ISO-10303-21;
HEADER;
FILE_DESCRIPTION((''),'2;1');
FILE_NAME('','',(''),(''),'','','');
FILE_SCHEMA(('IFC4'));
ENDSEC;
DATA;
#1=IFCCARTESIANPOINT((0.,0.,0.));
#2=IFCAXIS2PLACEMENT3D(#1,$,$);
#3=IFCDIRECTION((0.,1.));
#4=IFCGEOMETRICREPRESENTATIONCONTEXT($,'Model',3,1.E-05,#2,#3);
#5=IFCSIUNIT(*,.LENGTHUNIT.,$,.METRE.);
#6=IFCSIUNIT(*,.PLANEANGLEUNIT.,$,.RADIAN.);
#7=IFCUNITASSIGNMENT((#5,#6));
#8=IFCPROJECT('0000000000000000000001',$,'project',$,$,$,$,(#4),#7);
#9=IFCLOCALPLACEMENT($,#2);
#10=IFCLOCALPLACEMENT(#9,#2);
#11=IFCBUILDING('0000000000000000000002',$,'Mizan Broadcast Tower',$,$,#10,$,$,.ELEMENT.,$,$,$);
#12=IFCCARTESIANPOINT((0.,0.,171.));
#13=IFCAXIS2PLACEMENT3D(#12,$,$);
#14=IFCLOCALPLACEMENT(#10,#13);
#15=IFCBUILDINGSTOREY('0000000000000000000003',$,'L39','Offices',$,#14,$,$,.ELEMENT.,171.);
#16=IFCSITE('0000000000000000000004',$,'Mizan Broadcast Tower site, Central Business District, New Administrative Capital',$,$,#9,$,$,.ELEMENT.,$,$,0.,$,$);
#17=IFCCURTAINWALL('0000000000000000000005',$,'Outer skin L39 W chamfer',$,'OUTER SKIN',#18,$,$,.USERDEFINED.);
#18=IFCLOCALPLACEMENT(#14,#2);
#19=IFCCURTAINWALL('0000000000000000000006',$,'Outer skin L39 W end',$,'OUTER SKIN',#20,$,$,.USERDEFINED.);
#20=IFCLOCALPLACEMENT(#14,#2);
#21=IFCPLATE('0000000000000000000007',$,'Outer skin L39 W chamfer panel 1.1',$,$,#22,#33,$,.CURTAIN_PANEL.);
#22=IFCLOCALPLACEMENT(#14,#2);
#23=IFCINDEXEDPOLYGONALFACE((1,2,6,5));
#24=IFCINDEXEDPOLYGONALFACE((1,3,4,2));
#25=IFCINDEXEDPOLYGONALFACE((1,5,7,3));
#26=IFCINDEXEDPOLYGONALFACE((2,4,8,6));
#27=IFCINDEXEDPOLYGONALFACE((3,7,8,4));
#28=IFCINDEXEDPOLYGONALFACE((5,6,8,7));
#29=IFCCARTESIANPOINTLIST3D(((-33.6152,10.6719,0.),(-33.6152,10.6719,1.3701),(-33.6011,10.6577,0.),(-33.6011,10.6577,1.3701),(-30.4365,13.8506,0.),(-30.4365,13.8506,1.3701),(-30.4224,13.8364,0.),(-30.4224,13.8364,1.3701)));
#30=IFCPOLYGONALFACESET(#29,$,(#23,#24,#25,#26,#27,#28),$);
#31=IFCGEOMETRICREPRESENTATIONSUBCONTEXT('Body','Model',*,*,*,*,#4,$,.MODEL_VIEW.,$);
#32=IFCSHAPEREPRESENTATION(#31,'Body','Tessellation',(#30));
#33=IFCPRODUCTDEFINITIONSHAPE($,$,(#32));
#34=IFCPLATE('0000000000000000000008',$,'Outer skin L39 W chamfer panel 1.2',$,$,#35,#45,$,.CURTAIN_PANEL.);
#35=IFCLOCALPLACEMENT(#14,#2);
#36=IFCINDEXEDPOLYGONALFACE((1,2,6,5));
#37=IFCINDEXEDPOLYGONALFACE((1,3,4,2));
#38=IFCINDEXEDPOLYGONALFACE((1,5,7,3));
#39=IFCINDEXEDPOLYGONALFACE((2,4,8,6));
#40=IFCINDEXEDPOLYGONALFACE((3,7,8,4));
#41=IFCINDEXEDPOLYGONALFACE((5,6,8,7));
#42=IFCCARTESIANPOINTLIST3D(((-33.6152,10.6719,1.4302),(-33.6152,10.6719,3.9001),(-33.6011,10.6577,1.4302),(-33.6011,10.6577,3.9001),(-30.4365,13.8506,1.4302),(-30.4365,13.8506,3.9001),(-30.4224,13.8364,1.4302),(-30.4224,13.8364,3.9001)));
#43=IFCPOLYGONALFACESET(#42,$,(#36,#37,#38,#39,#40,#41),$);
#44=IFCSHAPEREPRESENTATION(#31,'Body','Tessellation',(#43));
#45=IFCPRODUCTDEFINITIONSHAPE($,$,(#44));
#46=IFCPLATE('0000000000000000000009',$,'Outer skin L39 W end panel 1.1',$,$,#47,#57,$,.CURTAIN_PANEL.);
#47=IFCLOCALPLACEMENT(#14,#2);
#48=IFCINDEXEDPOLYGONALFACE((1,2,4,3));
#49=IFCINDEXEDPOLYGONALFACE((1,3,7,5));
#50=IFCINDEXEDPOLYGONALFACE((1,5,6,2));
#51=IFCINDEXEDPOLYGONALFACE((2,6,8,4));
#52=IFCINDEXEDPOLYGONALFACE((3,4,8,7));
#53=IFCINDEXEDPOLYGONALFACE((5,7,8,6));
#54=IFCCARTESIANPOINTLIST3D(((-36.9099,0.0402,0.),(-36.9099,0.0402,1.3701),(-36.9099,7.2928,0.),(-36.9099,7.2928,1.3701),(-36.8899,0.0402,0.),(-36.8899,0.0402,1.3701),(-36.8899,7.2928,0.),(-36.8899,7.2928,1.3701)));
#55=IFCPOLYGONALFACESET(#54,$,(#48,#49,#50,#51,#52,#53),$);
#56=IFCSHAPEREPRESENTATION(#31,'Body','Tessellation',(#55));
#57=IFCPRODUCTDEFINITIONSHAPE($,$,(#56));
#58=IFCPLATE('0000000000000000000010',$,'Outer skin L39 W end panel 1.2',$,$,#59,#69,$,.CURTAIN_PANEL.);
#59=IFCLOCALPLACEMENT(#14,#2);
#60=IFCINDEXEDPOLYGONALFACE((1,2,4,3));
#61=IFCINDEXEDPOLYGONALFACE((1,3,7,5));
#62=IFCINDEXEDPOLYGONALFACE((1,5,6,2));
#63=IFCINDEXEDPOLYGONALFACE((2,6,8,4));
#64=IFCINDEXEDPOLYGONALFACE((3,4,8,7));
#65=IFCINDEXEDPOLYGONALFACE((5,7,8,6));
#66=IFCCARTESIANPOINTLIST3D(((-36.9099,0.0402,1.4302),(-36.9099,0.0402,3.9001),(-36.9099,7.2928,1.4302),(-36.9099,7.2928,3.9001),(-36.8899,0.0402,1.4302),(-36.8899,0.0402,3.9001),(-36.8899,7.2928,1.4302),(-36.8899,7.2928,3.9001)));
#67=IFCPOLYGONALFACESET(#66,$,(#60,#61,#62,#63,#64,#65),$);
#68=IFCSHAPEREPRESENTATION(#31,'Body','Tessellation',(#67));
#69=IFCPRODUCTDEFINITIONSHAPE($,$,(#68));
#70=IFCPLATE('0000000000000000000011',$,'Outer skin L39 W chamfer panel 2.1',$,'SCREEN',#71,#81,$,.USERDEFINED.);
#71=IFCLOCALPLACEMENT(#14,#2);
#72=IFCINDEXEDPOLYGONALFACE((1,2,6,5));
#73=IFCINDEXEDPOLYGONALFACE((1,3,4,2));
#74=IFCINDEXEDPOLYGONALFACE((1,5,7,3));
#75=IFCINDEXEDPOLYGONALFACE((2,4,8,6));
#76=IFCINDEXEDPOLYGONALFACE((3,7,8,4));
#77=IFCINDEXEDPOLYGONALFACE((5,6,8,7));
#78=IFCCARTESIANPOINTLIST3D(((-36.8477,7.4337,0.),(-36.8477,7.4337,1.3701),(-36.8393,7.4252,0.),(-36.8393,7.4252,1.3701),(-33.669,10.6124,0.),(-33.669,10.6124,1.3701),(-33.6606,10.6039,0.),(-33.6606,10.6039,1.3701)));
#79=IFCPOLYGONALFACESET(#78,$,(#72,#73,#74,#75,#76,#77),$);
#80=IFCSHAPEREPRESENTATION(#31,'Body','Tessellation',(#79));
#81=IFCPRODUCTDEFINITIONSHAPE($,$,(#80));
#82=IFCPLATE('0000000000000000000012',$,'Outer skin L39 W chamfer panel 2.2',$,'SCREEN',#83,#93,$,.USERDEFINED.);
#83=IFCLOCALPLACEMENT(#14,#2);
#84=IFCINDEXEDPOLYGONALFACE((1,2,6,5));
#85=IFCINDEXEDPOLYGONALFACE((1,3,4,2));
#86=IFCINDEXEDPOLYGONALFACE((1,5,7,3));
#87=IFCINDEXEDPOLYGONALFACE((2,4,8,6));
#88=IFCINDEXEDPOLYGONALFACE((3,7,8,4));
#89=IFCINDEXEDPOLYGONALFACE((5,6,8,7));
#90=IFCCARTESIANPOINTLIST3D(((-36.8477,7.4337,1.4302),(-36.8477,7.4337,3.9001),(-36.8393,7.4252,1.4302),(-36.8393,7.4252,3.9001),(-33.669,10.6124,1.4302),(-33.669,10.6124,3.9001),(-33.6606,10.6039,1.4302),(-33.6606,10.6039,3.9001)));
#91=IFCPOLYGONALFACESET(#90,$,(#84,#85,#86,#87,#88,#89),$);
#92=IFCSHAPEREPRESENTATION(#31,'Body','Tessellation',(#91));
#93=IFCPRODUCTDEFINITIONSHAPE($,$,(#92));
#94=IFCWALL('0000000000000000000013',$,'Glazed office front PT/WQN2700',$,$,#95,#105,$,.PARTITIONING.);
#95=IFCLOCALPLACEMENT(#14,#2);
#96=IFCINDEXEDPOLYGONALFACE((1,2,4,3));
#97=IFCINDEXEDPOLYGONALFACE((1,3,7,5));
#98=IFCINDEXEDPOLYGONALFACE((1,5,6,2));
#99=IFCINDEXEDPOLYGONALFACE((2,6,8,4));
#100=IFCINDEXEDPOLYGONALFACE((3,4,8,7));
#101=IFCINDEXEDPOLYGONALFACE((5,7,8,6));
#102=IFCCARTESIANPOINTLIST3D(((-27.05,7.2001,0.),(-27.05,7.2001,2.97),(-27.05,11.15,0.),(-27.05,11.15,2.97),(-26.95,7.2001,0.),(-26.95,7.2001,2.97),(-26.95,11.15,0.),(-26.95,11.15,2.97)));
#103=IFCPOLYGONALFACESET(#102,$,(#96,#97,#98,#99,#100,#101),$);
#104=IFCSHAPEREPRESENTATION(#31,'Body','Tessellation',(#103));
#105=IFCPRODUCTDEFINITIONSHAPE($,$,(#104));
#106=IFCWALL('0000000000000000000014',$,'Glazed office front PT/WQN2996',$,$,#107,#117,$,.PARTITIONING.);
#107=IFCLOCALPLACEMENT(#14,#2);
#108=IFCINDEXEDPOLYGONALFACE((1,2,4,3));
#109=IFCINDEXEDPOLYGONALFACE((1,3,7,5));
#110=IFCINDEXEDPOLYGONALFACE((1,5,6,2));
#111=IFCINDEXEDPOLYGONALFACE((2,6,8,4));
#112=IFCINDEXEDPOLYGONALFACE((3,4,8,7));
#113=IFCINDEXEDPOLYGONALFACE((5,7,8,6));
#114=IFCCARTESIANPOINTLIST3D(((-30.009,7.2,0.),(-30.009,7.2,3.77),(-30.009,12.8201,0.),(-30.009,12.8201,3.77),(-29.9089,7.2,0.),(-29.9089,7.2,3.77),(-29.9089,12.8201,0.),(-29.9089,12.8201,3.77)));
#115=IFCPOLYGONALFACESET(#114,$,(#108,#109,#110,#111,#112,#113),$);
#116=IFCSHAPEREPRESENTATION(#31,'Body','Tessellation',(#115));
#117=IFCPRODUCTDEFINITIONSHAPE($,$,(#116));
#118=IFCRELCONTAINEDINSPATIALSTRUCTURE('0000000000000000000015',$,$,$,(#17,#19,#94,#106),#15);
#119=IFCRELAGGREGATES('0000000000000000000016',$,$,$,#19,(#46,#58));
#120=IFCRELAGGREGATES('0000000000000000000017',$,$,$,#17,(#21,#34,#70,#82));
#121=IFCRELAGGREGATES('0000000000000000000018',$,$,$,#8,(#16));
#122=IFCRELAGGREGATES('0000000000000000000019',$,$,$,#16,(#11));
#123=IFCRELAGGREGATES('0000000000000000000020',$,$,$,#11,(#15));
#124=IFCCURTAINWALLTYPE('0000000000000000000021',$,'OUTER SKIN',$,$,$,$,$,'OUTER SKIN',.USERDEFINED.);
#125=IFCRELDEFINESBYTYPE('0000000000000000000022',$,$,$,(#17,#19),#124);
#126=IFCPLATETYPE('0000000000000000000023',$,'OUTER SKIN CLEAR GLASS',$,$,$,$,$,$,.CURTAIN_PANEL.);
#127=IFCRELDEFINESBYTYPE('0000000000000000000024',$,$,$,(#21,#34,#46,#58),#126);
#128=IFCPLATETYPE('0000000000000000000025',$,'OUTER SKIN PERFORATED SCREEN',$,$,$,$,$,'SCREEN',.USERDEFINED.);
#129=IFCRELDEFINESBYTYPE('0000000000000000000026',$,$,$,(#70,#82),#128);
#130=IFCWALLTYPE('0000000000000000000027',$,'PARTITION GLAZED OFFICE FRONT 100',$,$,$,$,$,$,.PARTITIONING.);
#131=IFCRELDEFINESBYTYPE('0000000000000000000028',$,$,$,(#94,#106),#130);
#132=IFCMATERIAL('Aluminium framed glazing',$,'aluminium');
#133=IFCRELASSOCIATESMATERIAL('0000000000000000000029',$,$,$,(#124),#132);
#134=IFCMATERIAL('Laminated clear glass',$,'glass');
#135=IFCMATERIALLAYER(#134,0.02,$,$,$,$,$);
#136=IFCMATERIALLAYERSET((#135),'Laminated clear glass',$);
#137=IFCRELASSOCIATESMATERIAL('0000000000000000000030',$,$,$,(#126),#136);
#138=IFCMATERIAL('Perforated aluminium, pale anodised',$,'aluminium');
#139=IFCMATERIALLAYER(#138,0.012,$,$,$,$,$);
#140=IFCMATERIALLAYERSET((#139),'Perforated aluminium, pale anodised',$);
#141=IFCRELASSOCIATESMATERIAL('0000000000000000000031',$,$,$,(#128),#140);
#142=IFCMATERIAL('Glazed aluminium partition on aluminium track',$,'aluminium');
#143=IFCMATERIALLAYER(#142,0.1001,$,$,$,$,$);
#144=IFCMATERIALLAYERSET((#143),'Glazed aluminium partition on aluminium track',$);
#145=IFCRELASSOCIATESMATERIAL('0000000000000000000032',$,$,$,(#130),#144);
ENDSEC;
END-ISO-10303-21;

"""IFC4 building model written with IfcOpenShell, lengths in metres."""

from ifc_helpers import new_model, si_unit, direction, frame, frame_2d, origin, origin_2d, place, context, subcontext, project, spatial, rectangle, extrude, material, layer, layer_set, type_object, element, aggregate, save


model = new_model("IFC4")

# Units and contexts
model_context = context("Model", 3, precision=1e-05, world=origin(), true_north=direction((0.0, 1.0)))
body_context = subcontext(model_context, "Body", "Model", "MODEL_VIEW")
ifc_project = project(units=[si_unit("LENGTHUNIT", "METRE"), si_unit("PLANEANGLEUNIT", "RADIAN")], contexts=[model_context])

# Site, building, storey
site_placement = place(None, origin())
site = spatial("IfcSite", under=ifc_project, at=site_placement, Name="Mizan Broadcast Tower site, Central Business District, New Administrative Capital", CompositionType="ELEMENT", RefElevation=0.0)
building_placement = place(site_placement, origin())
building = spatial("IfcBuilding", under=site, at=building_placement, Name="Mizan Broadcast Tower", CompositionType="ELEMENT")
storey_placement = place(building_placement, frame((0.0, 0.0, 171.0)))
storey = spatial("IfcBuildingStorey", under=building, at=storey_placement, Name="L39", Description="Offices", CompositionType="ELEMENT", Elevation=171.0)

# Shared definitions
ifc_material_1 = material(Name="Aluminium framed glazing", Category="aluminium")
curtain_wall_type_1 = type_object("IfcCurtainWallType", Name="OUTER SKIN", ElementType="OUTER SKIN", PredefinedType="USERDEFINED", material=ifc_material_1)

# Curtain wall
curtain_wall_1_placement = place(storey_placement, origin())
curtain_wall_1 = element("IfcCurtainWall", 1, at=curtain_wall_1_placement, inside=storey, type_object=curtain_wall_type_1, Name="Outer skin L39 W chamfer", ObjectType="OUTER SKIN", PredefinedType="USERDEFINED")

# Curtain wall
curtain_wall_2_placement = place(storey_placement, origin())
curtain_wall_2 = element("IfcCurtainWall", 2, at=curtain_wall_2_placement, inside=storey, type_object=curtain_wall_type_1, Name="Outer skin L39 W end", ObjectType="OUTER SKIN", PredefinedType="USERDEFINED")

# Plates
ifc_material_2 = material(Name="Laminated clear glass", Category="glass")
ifc_layer_1 = layer(ifc_material_2, 0.02)
ifc_layer_set_1 = layer_set([ifc_layer_1], Name="Laminated clear glass")
plate_type_1 = type_object("IfcPlateType", Name="OUTER SKIN CLEAR GLASS", PredefinedType="CURTAIN_PANEL", material=ifc_layer_set_1)
plate_1_placement = place(storey_placement, frame((-32.0188, 12.2542, 0.0), z_axis=(0.0, 0.0, 1.0), x_axis=(-0.707107, -0.707107, 0.0)))
plate_1 = element("IfcPlate", 3, at=plate_1_placement, type_object=plate_type_1, Name="Outer skin L39 W chamfer panel 1.1", PredefinedType="CURTAIN_PANEL", context=body_context, shape_type="SweptSolid", body=[
    extrude(rectangle(XDim=4.4954, YDim=0.02, at=origin_2d()), origin(), (0.0, 0.0, 1.0), 1.3701),
])
plate_2_placement = place(storey_placement, frame((-32.0188, 12.2542, 1.4302), z_axis=(0.0, 0.0, 1.0), x_axis=(-0.707107, -0.707107, 0.0)))
plate_2 = element("IfcPlate", 4, at=plate_2_placement, type_object=plate_type_1, Name="Outer skin L39 W chamfer panel 1.2", PredefinedType="CURTAIN_PANEL", context=body_context, shape_type="SweptSolid", body=[
    extrude(rectangle(XDim=4.4954, YDim=0.02, at=origin_2d()), origin(), (0.0, 0.0, 1.0), 2.47),
])
plate_3_placement = place(storey_placement, frame((-36.8999, 3.6665, 0.0), z_axis=(0.0, 0.0, 1.0), x_axis=(0.0, -1.0, 0.0)))
plate_3 = element("IfcPlate", 5, at=plate_3_placement, type_object=plate_type_1, Name="Outer skin L39 W end panel 1.1", PredefinedType="CURTAIN_PANEL", context=body_context, shape_type="SweptSolid", body=[
    extrude(rectangle(XDim=7.2527, YDim=0.02, at=origin_2d()), origin(), (0.0, 0.0, 1.0), 1.3701),
])
plate_4_placement = place(storey_placement, frame((-36.8999, 3.6665, 1.4302), z_axis=(0.0, 0.0, 1.0), x_axis=(0.0, -1.0, 0.0)))
plate_4 = element("IfcPlate", 6, at=plate_4_placement, type_object=plate_type_1, Name="Outer skin L39 W end panel 1.2", PredefinedType="CURTAIN_PANEL", context=body_context, shape_type="SweptSolid", body=[
    extrude(rectangle(XDim=7.2527, YDim=0.02, at=origin_2d()), origin(), (0.0, 0.0, 1.0), 2.47),
])
aggregate(curtain_wall_2, [plate_3, plate_4])
ifc_material_3 = material(Name="Perforated aluminium, pale anodised", Category="aluminium")
ifc_layer_2 = layer(ifc_material_3, 0.012)
ifc_layer_set_2 = layer_set([ifc_layer_2], Name="Perforated aluminium, pale anodised")
plate_type_2 = type_object("IfcPlateType", Name="OUTER SKIN PERFORATED SCREEN", ElementType="SCREEN", PredefinedType="USERDEFINED", material=ifc_layer_set_2)
plate_5_placement = place(storey_placement, frame((-35.2542, 9.0188, 0.0), z_axis=(0.0, 0.0, 1.0), x_axis=(-0.707107, -0.707107, 0.0)))
plate_5 = element("IfcPlate", 7, at=plate_5_placement, type_object=plate_type_2, Name="Outer skin L39 W chamfer panel 2.1", ObjectType="SCREEN", PredefinedType="USERDEFINED", context=body_context, shape_type="SweptSolid", body=[
    extrude(rectangle(XDim=4.4954, YDim=0.012, at=origin_2d()), origin(), (0.0, 0.0, 1.0), 1.3701),
])
plate_6_placement = place(storey_placement, frame((-35.2542, 9.0188, 1.4302), z_axis=(0.0, 0.0, 1.0), x_axis=(-0.707107, -0.707107, 0.0)))
plate_6 = element("IfcPlate", 8, at=plate_6_placement, type_object=plate_type_2, Name="Outer skin L39 W chamfer panel 2.2", ObjectType="SCREEN", PredefinedType="USERDEFINED", context=body_context, shape_type="SweptSolid", body=[
    extrude(rectangle(XDim=4.4954, YDim=0.012, at=origin_2d()), origin(), (0.0, 0.0, 1.0), 2.47),
])
aggregate(curtain_wall_1, [plate_1, plate_2, plate_5, plate_6])

# Walls
ifc_material_4 = material(Name="Glazed aluminium partition on aluminium track", Category="aluminium")
ifc_layer_3 = layer(ifc_material_4, 0.1001)
ifc_layer_set_3 = layer_set([ifc_layer_3], Name="Glazed aluminium partition on aluminium track")
wall_type = type_object("IfcWallType", Name="PARTITION GLAZED OFFICE FRONT 100", PredefinedType="PARTITIONING", material=ifc_layer_set_3)
wall_1_placement = place(storey_placement, frame((-27.0, 7.2, 0.0), z_axis=(0.0, 0.0, 1.0), x_axis=(0.0, 1.0, 0.0)))
element("IfcWall", 9, at=wall_1_placement, inside=storey, type_object=wall_type, Name="Glazed office front PT/WQN2700", PredefinedType="PARTITIONING", context=body_context, shape_type="SweptSolid", body=[
    extrude(rectangle(XDim=3.95, YDim=0.1001, at=frame_2d((1.9751, 0.0))), origin(), (0.0, 0.0, 1.0), 2.97),
])
wall_2_placement = place(storey_placement, frame((-29.959, 7.2, 0.0), z_axis=(0.0, 0.0, 1.0), x_axis=(0.0, 1.0, 0.0)))
element("IfcWall", 10, at=wall_2_placement, inside=storey, type_object=wall_type, Name="Glazed office front PT/WQN2996", PredefinedType="PARTITIONING", context=body_context, shape_type="SweptSolid", body=[
    extrude(rectangle(XDim=5.6201, YDim=0.1001, at=frame_2d((2.8101, 0.0))), origin(), (0.0, 0.0, 1.0), 3.77),
])

save(model, "model.ifc")
